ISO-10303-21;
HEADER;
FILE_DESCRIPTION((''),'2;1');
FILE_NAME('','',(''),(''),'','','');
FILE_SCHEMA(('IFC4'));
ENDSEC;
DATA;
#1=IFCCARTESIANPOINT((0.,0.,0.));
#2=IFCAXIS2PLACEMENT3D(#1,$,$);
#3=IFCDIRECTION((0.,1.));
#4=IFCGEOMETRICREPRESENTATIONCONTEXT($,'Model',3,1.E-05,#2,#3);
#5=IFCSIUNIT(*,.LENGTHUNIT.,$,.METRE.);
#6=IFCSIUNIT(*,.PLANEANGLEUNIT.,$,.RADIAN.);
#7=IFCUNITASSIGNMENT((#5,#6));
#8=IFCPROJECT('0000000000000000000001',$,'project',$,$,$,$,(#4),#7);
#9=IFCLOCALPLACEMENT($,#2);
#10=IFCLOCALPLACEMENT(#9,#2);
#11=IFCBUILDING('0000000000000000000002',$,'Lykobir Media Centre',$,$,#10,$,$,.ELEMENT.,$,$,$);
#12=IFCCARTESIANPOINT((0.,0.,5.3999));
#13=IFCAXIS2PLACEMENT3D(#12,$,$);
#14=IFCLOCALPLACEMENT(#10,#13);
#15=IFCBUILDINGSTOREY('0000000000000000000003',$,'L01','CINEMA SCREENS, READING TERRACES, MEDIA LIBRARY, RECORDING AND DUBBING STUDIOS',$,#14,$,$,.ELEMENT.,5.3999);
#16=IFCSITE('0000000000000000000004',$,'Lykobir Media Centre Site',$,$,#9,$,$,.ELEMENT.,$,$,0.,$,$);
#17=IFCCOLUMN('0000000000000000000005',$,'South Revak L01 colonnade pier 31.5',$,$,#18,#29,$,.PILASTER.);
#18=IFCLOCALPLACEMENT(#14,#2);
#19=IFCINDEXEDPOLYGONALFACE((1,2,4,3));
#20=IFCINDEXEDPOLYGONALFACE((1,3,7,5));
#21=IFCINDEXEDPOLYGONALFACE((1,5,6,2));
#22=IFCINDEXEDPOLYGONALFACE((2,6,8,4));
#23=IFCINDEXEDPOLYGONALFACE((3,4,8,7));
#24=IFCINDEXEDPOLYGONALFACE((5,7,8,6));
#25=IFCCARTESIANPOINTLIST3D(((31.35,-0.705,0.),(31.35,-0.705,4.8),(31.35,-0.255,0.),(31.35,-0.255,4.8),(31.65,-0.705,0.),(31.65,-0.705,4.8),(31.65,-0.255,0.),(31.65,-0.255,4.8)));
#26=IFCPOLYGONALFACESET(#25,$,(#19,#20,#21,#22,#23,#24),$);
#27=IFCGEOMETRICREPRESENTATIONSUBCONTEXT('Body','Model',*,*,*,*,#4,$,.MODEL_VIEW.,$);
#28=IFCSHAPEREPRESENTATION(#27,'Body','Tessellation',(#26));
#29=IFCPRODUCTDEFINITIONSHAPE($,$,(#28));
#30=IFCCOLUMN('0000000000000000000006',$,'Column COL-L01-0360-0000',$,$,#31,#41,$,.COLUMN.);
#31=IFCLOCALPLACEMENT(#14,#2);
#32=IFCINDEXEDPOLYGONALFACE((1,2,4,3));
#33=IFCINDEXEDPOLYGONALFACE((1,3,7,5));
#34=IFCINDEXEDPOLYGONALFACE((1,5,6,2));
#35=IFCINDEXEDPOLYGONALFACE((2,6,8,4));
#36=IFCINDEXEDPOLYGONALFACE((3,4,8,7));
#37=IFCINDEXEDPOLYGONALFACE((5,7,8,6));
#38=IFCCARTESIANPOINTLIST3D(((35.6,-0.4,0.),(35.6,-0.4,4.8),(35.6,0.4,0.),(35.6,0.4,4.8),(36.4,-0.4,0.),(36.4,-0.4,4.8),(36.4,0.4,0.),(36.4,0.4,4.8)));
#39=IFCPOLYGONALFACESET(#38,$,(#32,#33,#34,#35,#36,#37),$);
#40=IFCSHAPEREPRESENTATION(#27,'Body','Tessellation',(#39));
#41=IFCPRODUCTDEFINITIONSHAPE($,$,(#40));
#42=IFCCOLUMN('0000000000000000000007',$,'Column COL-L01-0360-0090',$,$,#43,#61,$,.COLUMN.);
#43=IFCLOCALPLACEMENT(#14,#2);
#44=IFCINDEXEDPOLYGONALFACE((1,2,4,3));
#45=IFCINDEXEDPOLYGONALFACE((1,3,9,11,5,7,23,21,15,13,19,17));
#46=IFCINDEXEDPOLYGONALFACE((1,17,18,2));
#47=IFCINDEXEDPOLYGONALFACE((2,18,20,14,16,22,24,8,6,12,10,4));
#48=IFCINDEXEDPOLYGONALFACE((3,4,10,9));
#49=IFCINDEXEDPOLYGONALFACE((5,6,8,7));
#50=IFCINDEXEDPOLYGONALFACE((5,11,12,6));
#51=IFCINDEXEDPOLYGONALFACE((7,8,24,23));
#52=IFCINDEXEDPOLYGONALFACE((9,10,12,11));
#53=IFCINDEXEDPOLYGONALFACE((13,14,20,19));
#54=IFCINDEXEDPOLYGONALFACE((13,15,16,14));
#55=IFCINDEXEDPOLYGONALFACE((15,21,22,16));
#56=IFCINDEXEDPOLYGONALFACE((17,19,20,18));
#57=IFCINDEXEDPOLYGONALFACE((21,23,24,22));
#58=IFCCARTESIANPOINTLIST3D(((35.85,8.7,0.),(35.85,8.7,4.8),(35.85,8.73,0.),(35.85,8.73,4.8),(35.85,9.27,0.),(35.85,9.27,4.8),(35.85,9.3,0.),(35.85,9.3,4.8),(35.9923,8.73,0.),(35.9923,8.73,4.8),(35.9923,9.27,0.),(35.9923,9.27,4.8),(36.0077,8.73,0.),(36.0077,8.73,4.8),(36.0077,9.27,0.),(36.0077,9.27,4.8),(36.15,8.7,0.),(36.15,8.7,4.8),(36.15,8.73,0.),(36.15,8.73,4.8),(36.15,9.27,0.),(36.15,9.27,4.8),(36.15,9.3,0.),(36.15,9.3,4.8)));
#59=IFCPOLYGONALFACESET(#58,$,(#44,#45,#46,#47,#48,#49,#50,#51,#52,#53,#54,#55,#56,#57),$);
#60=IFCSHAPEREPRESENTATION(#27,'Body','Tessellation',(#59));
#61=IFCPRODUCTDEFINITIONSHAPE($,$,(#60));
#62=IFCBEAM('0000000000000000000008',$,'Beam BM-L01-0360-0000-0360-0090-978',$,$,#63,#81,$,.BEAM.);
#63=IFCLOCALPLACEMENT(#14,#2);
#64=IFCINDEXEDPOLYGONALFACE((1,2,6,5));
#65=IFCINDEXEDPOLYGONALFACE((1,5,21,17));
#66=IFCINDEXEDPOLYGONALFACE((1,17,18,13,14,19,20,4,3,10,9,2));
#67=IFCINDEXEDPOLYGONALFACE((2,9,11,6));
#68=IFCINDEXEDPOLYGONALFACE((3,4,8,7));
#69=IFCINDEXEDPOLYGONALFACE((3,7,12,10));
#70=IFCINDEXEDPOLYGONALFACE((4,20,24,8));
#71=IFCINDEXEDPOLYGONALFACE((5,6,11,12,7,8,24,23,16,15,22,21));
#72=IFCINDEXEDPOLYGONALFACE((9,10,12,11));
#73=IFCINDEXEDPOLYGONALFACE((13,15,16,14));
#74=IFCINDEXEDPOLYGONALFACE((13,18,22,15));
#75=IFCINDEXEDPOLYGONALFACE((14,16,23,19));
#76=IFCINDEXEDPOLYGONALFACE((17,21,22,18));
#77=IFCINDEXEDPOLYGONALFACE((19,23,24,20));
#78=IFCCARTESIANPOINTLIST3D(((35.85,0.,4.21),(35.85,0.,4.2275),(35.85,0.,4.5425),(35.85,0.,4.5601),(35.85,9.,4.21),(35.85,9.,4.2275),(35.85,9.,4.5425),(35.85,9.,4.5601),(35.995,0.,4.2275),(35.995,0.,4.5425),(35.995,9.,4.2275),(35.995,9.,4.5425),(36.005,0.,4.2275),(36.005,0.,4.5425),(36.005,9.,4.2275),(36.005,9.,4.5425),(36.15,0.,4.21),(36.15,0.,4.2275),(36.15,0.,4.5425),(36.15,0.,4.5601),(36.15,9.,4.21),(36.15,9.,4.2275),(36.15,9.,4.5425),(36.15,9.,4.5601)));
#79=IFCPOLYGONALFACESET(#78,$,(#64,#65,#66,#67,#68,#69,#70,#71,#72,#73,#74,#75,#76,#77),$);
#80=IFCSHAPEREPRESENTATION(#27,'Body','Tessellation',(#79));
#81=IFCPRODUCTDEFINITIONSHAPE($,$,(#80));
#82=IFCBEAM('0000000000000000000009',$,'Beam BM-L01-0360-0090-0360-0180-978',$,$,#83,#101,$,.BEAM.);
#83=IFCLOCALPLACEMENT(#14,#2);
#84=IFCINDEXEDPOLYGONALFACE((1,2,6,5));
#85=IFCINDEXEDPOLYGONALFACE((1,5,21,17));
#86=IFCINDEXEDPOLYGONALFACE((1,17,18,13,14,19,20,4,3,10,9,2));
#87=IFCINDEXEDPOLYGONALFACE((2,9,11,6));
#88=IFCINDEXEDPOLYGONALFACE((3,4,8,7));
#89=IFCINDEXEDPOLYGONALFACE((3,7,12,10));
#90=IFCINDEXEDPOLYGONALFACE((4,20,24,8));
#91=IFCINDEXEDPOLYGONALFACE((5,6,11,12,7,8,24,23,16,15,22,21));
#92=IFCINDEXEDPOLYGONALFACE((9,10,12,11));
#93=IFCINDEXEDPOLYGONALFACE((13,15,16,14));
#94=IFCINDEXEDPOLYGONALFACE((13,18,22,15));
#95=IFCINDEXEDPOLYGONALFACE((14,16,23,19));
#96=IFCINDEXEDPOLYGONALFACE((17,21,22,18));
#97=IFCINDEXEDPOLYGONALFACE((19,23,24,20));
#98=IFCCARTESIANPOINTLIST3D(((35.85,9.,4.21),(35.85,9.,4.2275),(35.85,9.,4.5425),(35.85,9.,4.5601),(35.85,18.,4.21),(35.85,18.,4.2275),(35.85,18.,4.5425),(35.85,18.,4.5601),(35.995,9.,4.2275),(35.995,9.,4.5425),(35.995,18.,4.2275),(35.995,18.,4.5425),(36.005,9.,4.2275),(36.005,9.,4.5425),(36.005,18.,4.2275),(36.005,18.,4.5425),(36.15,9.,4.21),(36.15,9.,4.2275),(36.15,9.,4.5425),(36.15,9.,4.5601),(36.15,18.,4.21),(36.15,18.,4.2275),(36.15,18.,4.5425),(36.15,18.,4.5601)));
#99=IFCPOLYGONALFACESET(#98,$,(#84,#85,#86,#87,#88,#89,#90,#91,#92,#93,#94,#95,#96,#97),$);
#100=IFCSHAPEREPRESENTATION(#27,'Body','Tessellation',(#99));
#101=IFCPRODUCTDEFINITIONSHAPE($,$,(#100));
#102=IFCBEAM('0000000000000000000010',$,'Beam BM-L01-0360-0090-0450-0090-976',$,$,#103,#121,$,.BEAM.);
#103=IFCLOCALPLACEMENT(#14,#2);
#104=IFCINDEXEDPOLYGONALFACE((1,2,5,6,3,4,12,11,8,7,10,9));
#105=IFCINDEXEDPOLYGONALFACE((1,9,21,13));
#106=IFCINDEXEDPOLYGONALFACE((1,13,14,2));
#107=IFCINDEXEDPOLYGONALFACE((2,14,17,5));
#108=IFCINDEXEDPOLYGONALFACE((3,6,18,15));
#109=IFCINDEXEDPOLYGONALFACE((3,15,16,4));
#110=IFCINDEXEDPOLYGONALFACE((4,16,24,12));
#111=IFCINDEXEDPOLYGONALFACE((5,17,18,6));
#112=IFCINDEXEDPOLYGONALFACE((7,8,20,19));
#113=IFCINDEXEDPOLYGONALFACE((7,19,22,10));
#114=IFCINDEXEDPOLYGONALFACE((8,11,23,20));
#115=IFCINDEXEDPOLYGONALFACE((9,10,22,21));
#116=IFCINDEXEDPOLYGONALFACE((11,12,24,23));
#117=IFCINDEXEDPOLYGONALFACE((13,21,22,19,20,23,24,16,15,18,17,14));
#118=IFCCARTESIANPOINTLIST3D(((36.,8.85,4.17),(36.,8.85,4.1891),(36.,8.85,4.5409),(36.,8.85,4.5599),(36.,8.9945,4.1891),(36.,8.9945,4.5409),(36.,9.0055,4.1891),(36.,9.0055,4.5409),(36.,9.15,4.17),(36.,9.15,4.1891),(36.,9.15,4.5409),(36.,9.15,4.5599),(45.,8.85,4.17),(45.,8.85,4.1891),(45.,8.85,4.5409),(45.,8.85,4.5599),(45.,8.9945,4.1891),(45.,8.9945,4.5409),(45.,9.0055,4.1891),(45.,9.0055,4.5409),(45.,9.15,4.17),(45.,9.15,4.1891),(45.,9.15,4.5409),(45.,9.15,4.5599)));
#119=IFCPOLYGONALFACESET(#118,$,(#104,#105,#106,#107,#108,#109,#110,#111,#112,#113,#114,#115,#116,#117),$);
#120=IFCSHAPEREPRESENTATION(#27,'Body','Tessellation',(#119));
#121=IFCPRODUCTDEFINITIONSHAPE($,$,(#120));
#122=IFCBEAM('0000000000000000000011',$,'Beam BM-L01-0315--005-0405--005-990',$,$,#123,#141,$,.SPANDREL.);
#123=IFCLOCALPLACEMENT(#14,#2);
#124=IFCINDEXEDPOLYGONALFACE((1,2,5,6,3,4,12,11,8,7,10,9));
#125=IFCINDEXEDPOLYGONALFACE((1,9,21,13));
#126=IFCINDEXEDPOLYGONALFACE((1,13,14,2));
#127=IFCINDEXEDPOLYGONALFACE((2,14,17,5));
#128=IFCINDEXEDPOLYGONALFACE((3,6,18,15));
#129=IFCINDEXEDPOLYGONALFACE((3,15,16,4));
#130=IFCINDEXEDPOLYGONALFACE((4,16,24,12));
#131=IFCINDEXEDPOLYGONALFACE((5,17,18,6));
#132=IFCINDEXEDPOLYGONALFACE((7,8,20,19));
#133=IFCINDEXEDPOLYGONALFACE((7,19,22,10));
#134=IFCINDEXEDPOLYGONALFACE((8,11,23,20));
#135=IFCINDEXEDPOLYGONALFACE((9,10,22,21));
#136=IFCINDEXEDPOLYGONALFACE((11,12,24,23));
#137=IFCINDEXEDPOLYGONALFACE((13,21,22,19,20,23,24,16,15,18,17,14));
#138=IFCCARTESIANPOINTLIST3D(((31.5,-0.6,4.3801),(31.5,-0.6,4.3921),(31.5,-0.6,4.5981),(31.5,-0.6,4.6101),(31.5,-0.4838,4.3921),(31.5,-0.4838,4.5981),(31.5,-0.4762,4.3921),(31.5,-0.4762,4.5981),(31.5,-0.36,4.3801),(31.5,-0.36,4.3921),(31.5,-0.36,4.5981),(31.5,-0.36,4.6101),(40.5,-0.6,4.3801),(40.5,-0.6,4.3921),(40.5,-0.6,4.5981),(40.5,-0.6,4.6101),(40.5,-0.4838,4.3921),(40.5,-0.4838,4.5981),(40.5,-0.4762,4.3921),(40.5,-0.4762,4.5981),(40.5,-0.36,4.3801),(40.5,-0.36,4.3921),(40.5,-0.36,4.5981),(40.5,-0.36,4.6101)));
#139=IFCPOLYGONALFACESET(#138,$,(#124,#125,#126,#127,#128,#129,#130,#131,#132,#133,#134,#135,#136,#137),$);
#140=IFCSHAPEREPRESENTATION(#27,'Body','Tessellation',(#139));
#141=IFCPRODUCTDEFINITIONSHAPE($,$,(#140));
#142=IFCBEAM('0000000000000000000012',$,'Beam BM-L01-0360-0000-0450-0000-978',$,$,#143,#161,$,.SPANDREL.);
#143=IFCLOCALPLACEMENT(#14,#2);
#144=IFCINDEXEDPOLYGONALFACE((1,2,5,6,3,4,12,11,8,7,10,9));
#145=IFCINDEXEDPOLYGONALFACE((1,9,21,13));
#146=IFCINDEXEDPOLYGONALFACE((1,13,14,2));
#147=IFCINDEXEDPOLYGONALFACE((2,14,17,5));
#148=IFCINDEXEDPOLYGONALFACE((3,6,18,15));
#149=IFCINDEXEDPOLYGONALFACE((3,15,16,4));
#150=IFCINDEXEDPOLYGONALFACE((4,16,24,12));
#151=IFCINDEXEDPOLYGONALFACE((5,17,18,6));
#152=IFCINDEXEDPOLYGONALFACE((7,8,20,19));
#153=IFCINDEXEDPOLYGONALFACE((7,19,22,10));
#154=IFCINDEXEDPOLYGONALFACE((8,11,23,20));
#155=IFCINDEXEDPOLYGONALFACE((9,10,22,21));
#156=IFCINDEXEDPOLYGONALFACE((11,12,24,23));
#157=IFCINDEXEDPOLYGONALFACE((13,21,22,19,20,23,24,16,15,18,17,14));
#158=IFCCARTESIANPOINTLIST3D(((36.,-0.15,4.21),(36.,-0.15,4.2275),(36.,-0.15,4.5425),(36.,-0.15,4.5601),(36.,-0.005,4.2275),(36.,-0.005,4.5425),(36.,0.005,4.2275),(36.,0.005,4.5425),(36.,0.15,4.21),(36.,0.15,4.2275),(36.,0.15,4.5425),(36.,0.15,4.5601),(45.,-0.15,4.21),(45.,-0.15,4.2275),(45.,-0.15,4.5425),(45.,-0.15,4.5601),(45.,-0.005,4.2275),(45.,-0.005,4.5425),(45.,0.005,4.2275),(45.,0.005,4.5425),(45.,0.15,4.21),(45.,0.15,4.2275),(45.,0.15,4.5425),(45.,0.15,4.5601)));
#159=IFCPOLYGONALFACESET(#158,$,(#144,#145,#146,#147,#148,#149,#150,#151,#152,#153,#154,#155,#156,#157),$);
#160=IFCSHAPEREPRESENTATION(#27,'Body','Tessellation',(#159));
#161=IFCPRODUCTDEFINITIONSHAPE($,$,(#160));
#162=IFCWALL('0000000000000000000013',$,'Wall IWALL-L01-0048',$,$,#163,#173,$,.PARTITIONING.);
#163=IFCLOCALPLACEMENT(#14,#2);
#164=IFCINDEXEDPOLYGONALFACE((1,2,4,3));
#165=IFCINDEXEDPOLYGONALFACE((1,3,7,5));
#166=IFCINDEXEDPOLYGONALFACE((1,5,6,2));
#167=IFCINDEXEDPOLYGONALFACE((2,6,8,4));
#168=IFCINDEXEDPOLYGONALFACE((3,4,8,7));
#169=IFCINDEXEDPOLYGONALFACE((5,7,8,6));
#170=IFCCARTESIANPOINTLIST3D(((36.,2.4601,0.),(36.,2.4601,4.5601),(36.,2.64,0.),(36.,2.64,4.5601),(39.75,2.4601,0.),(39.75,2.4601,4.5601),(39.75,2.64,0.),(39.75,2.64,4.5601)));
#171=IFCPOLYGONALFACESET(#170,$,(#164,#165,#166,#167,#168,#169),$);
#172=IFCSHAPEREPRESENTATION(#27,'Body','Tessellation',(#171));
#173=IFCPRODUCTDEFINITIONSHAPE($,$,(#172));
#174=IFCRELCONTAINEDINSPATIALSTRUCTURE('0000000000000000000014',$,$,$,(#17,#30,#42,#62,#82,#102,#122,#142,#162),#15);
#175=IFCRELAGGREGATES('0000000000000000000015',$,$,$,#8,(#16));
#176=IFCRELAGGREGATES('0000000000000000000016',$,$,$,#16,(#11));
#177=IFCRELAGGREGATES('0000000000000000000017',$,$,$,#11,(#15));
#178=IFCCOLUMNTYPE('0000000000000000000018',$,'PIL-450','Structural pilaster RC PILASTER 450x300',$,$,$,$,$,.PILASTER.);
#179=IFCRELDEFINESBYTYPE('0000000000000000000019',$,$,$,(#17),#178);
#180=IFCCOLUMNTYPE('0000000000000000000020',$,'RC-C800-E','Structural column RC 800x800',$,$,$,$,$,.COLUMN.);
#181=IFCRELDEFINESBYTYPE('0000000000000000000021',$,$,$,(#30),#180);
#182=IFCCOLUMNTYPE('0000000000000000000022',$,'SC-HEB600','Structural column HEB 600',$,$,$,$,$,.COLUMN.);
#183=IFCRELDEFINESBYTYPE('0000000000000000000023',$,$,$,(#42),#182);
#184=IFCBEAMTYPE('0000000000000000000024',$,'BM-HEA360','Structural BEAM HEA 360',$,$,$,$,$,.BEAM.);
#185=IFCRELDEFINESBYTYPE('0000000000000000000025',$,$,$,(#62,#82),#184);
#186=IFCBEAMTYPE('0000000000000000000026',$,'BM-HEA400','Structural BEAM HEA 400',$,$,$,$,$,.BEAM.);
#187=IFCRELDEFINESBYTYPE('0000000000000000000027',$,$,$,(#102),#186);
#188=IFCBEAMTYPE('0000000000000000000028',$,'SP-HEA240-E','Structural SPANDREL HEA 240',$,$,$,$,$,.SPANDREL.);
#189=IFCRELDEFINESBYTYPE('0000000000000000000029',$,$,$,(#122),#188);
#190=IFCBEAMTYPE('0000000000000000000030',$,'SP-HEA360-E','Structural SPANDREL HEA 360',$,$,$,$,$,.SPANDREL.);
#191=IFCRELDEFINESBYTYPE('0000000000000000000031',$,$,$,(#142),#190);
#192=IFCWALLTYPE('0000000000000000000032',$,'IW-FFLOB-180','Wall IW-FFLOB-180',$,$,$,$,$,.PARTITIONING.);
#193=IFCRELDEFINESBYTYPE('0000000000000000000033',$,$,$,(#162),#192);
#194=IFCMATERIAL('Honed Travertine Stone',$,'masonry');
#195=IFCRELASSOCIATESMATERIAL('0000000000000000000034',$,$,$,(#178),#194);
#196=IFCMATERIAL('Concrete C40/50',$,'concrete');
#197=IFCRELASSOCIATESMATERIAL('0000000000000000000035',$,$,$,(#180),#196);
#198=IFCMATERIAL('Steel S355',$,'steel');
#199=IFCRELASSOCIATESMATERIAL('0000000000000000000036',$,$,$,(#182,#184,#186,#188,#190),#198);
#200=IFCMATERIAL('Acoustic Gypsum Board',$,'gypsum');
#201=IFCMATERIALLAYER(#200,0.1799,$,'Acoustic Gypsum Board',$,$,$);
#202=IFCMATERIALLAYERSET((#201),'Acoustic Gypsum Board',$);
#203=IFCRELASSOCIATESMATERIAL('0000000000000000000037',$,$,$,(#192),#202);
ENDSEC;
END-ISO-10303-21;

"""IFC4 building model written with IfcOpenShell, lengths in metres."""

from ifc_helpers import new_model, si_unit, direction, frame, frame_2d, origin, origin_2d, place, context, subcontext, project, spatial, rectangle, i_section, extrude, material, layer, layer_set, material_profile, profile_set, type_object, element, save


model = new_model("IFC4")

# Units and contexts
model_context = context("Model", 3, precision=1e-05, world=origin(), true_north=direction((0.0, 1.0)))
body_context = subcontext(model_context, "Body", "Model", "MODEL_VIEW")
ifc_project = project(units=[si_unit("LENGTHUNIT", "METRE"), si_unit("PLANEANGLEUNIT", "RADIAN")], contexts=[model_context])

# Site, building, storey
site_placement = place(None, origin())
site = spatial("IfcSite", under=ifc_project, at=site_placement, Name="Lykobir Media Centre Site", CompositionType="ELEMENT", RefElevation=0.0)
building_placement = place(site_placement, origin())
building = spatial("IfcBuilding", under=site, at=building_placement, Name="Lykobir Media Centre", CompositionType="ELEMENT")
storey_placement = place(building_placement, frame((0.0, 0.0, 5.3999)))
storey = spatial("IfcBuildingStorey", under=building, at=storey_placement, Name="L01", Description="CINEMA SCREENS, READING TERRACES, MEDIA LIBRARY, RECORDING AND DUBBING STUDIOS", CompositionType="ELEMENT", Elevation=5.3999)

# Columns
ifc_material_1 = material(Name="Honed Travertine Stone", Category="masonry")
ifc_material_profile_1 = material_profile(ifc_material_1, rectangle(XDim=0.3, YDim=0.45, at=origin_2d()), Name="RC PILASTER 450x300")
ifc_profile_set_1 = profile_set([ifc_material_profile_1], Name="Honed Travertine Stone")
column_type_1 = type_object("IfcColumnType", Name="PIL-450", Description="Structural pilaster RC PILASTER 450x300", PredefinedType="PILASTER", material=ifc_profile_set_1)
column_1_placement = place(storey_placement, frame((31.5, -0.48, 0.0), z_axis=(0.0, 0.0, 1.0), x_axis=(1.0, 0.0, 0.0)))
element("IfcColumn", 1, at=column_1_placement, inside=storey, type_object=column_type_1, Name="South Revak L01 colonnade pier 31.5", PredefinedType="PILASTER", context=body_context, shape_type="SweptSolid", body=[
    extrude(rectangle(XDim=0.3, YDim=0.45, at=origin_2d()), origin(), (0.0, 0.0, 1.0), 4.8),
])
ifc_material_2 = material(Name="Concrete C40/50", Category="concrete")
ifc_material_profile_2 = material_profile(ifc_material_2, rectangle(XDim=0.8, YDim=0.8, at=origin_2d()), Name="RC 800x800")
ifc_profile_set_2 = profile_set([ifc_material_profile_2], Name="Concrete C40/50")
column_type_2 = type_object("IfcColumnType", Name="RC-C800-E", Description="Structural column RC 800x800", PredefinedType="COLUMN", material=ifc_profile_set_2)
column_2_placement = place(storey_placement, frame((36.0, 0.0, 0.0), z_axis=(0.0, 0.0, 1.0), x_axis=(1.0, 0.0, 0.0)))
element("IfcColumn", 2, at=column_2_placement, inside=storey, type_object=column_type_2, Name="Column COL-L01-0360-0000", PredefinedType="COLUMN", context=body_context, shape_type="SweptSolid", body=[
    extrude(rectangle(XDim=0.8, YDim=0.8, at=origin_2d()), origin(), (0.0, 0.0, 1.0), 4.8),
])
ifc_material_3 = material(Name="Steel S355", Category="steel")
ifc_material_profile_3 = material_profile(ifc_material_3, i_section(OverallWidth=0.3, OverallDepth=0.6001, WebThickness=0.0154, FlangeThickness=0.03, at=origin_2d()), Name="HEB 600")
ifc_profile_set_3 = profile_set([ifc_material_profile_3], Name="Steel S355")
column_type_3 = type_object("IfcColumnType", Name="SC-HEB600", Description="Structural column HEB 600", PredefinedType="COLUMN", material=ifc_profile_set_3)
column_3_placement = place(storey_placement, frame((36.0, 9.0, 0.0), z_axis=(0.0, 0.0, 1.0), x_axis=(1.0, 0.0, 0.0)))
element("IfcColumn", 3, at=column_3_placement, inside=storey, type_object=column_type_3, Name="Column COL-L01-0360-0090", PredefinedType="COLUMN", context=body_context, shape_type="SweptSolid", body=[
    extrude(i_section(OverallWidth=0.3, OverallDepth=0.6001, WebThickness=0.0154, FlangeThickness=0.03, at=origin_2d()), origin(), (0.0, 0.0, 1.0), 4.8),
])

# Beams
ifc_material_profile_4 = material_profile(ifc_material_3, i_section(OverallWidth=0.3, OverallDepth=0.3501, WebThickness=0.01, FlangeThickness=0.0176, at=origin_2d()), Name="HEA 360")
ifc_profile_set_4 = profile_set([ifc_material_profile_4], Name="Steel S355")
beam_type_1 = type_object("IfcBeamType", Name="BM-HEA360", Description="Structural BEAM HEA 360", PredefinedType="BEAM", material=ifc_profile_set_4)
for number, where, z_axis, x_axis, name in (
    (4, (36.0, 0.0, 4.385), (0.0, 1.0, 0.0), (-1.0, 0.0, 0.0), "Beam BM-L01-0360-0000-0360-0090-978"),
    (5, (36.0, 9.0, 4.385), (0.0, 1.0, 0.0), (-1.0, 0.0, 0.0), "Beam BM-L01-0360-0090-0360-0180-978"),
):
    element("IfcBeam", number, at=place(storey_placement, frame(where, z_axis=z_axis, x_axis=x_axis)), inside=storey, type_object=beam_type_1, Name=name, PredefinedType="BEAM", context=body_context, shape_type="SweptSolid", body=[
        extrude(i_section(OverallWidth=0.3, OverallDepth=0.3501, WebThickness=0.01, FlangeThickness=0.0176, at=origin_2d()), origin(), (0.0, 0.0, 1.0), 9.0),
    ])
ifc_material_profile_5 = material_profile(ifc_material_3, i_section(OverallWidth=0.3, OverallDepth=0.3899, WebThickness=0.011, FlangeThickness=0.019, at=origin_2d()), Name="HEA 400")
ifc_profile_set_5 = profile_set([ifc_material_profile_5], Name="Steel S355")
beam_type_2 = type_object("IfcBeamType", Name="BM-HEA400", Description="Structural BEAM HEA 400", PredefinedType="BEAM", material=ifc_profile_set_5)
beam_1_placement = place(storey_placement, frame((36.0, 9.0, 4.365), z_axis=(1.0, 0.0, 0.0), x_axis=(0.0, 1.0, 0.0)))
element("IfcBeam", 6, at=beam_1_placement, inside=storey, type_object=beam_type_2, Name="Beam BM-L01-0360-0090-0450-0090-976", PredefinedType="BEAM", context=body_context, shape_type="SweptSolid", body=[
    extrude(i_section(OverallWidth=0.3, OverallDepth=0.3899, WebThickness=0.011, FlangeThickness=0.019, at=origin_2d()), origin(), (0.0, 0.0, 1.0), 9.0),
])
ifc_material_profile_6 = material_profile(ifc_material_3, i_section(OverallWidth=0.24, OverallDepth=0.23, WebThickness=0.0076, FlangeThickness=0.012, at=origin_2d()), Name="HEA 240")
ifc_profile_set_6 = profile_set([ifc_material_profile_6], Name="Steel S355")
beam_type_3 = type_object("IfcBeamType", Name="SP-HEA240-E", Description="Structural SPANDREL HEA 240", PredefinedType="SPANDREL", material=ifc_profile_set_6)
beam_2_placement = place(storey_placement, frame((31.5, -0.48, 4.4951), z_axis=(1.0, 0.0, 0.0), x_axis=(0.0, 1.0, 0.0)))
element("IfcBeam", 7, at=beam_2_placement, inside=storey, type_object=beam_type_3, Name="Beam BM-L01-0315--005-0405--005-990", PredefinedType="SPANDREL", context=body_context, shape_type="SweptSolid", body=[
    extrude(i_section(OverallWidth=0.24, OverallDepth=0.23, WebThickness=0.0076, FlangeThickness=0.012, at=origin_2d()), origin(), (0.0, 0.0, 1.0), 9.0),
])
ifc_material_profile_7 = material_profile(ifc_material_3, i_section(OverallWidth=0.3, OverallDepth=0.3501, WebThickness=0.01, FlangeThickness=0.0176, at=origin_2d()), Name="HEA 360")
ifc_profile_set_7 = profile_set([ifc_material_profile_7], Name="Steel S355")
beam_type_4 = type_object("IfcBeamType", Name="SP-HEA360-E", Description="Structural SPANDREL HEA 360", PredefinedType="SPANDREL", material=ifc_profile_set_7)
beam_3_placement = place(storey_placement, frame((36.0, 0.0, 4.385), z_axis=(1.0, 0.0, 0.0), x_axis=(0.0, 1.0, 0.0)))
element("IfcBeam", 8, at=beam_3_placement, inside=storey, type_object=beam_type_4, Name="Beam BM-L01-0360-0000-0450-0000-978", PredefinedType="SPANDREL", context=body_context, shape_type="SweptSolid", body=[
    extrude(i_section(OverallWidth=0.3, OverallDepth=0.3501, WebThickness=0.01, FlangeThickness=0.0176, at=origin_2d()), origin(), (0.0, 0.0, 1.0), 9.0),
])

# Wall
ifc_material_4 = material(Name="Acoustic Gypsum Board", Category="gypsum")
ifc_layer_1 = layer(ifc_material_4, 0.1799, Name="Acoustic Gypsum Board")
ifc_layer_set_1 = layer_set([ifc_layer_1], Name="Acoustic Gypsum Board")
wall_type_1 = type_object("IfcWallType", Name="IW-FFLOB-180", Description="Wall IW-FFLOB-180", PredefinedType="PARTITIONING", material=ifc_layer_set_1)
for number, where, z_axis, x_axis, name in (
    (9, (36.0, 2.55, 0.0), (0.0, 0.0, 1.0), (1.0, 0.0, 0.0), "Wall IWALL-L01-0048"),
):
    element("IfcWall", number, at=place(storey_placement, frame(where, z_axis=z_axis, x_axis=x_axis)), inside=storey, type_object=wall_type_1, Name=name, PredefinedType="PARTITIONING", context=body_context, shape_type="SweptSolid", body=[
        extrude(rectangle(XDim=3.75, YDim=0.1799, at=frame_2d((1.875, 0.0))), origin(), (0.0, 0.0, 1.0), 4.5601),
    ])

save(model, "model.ifc")
